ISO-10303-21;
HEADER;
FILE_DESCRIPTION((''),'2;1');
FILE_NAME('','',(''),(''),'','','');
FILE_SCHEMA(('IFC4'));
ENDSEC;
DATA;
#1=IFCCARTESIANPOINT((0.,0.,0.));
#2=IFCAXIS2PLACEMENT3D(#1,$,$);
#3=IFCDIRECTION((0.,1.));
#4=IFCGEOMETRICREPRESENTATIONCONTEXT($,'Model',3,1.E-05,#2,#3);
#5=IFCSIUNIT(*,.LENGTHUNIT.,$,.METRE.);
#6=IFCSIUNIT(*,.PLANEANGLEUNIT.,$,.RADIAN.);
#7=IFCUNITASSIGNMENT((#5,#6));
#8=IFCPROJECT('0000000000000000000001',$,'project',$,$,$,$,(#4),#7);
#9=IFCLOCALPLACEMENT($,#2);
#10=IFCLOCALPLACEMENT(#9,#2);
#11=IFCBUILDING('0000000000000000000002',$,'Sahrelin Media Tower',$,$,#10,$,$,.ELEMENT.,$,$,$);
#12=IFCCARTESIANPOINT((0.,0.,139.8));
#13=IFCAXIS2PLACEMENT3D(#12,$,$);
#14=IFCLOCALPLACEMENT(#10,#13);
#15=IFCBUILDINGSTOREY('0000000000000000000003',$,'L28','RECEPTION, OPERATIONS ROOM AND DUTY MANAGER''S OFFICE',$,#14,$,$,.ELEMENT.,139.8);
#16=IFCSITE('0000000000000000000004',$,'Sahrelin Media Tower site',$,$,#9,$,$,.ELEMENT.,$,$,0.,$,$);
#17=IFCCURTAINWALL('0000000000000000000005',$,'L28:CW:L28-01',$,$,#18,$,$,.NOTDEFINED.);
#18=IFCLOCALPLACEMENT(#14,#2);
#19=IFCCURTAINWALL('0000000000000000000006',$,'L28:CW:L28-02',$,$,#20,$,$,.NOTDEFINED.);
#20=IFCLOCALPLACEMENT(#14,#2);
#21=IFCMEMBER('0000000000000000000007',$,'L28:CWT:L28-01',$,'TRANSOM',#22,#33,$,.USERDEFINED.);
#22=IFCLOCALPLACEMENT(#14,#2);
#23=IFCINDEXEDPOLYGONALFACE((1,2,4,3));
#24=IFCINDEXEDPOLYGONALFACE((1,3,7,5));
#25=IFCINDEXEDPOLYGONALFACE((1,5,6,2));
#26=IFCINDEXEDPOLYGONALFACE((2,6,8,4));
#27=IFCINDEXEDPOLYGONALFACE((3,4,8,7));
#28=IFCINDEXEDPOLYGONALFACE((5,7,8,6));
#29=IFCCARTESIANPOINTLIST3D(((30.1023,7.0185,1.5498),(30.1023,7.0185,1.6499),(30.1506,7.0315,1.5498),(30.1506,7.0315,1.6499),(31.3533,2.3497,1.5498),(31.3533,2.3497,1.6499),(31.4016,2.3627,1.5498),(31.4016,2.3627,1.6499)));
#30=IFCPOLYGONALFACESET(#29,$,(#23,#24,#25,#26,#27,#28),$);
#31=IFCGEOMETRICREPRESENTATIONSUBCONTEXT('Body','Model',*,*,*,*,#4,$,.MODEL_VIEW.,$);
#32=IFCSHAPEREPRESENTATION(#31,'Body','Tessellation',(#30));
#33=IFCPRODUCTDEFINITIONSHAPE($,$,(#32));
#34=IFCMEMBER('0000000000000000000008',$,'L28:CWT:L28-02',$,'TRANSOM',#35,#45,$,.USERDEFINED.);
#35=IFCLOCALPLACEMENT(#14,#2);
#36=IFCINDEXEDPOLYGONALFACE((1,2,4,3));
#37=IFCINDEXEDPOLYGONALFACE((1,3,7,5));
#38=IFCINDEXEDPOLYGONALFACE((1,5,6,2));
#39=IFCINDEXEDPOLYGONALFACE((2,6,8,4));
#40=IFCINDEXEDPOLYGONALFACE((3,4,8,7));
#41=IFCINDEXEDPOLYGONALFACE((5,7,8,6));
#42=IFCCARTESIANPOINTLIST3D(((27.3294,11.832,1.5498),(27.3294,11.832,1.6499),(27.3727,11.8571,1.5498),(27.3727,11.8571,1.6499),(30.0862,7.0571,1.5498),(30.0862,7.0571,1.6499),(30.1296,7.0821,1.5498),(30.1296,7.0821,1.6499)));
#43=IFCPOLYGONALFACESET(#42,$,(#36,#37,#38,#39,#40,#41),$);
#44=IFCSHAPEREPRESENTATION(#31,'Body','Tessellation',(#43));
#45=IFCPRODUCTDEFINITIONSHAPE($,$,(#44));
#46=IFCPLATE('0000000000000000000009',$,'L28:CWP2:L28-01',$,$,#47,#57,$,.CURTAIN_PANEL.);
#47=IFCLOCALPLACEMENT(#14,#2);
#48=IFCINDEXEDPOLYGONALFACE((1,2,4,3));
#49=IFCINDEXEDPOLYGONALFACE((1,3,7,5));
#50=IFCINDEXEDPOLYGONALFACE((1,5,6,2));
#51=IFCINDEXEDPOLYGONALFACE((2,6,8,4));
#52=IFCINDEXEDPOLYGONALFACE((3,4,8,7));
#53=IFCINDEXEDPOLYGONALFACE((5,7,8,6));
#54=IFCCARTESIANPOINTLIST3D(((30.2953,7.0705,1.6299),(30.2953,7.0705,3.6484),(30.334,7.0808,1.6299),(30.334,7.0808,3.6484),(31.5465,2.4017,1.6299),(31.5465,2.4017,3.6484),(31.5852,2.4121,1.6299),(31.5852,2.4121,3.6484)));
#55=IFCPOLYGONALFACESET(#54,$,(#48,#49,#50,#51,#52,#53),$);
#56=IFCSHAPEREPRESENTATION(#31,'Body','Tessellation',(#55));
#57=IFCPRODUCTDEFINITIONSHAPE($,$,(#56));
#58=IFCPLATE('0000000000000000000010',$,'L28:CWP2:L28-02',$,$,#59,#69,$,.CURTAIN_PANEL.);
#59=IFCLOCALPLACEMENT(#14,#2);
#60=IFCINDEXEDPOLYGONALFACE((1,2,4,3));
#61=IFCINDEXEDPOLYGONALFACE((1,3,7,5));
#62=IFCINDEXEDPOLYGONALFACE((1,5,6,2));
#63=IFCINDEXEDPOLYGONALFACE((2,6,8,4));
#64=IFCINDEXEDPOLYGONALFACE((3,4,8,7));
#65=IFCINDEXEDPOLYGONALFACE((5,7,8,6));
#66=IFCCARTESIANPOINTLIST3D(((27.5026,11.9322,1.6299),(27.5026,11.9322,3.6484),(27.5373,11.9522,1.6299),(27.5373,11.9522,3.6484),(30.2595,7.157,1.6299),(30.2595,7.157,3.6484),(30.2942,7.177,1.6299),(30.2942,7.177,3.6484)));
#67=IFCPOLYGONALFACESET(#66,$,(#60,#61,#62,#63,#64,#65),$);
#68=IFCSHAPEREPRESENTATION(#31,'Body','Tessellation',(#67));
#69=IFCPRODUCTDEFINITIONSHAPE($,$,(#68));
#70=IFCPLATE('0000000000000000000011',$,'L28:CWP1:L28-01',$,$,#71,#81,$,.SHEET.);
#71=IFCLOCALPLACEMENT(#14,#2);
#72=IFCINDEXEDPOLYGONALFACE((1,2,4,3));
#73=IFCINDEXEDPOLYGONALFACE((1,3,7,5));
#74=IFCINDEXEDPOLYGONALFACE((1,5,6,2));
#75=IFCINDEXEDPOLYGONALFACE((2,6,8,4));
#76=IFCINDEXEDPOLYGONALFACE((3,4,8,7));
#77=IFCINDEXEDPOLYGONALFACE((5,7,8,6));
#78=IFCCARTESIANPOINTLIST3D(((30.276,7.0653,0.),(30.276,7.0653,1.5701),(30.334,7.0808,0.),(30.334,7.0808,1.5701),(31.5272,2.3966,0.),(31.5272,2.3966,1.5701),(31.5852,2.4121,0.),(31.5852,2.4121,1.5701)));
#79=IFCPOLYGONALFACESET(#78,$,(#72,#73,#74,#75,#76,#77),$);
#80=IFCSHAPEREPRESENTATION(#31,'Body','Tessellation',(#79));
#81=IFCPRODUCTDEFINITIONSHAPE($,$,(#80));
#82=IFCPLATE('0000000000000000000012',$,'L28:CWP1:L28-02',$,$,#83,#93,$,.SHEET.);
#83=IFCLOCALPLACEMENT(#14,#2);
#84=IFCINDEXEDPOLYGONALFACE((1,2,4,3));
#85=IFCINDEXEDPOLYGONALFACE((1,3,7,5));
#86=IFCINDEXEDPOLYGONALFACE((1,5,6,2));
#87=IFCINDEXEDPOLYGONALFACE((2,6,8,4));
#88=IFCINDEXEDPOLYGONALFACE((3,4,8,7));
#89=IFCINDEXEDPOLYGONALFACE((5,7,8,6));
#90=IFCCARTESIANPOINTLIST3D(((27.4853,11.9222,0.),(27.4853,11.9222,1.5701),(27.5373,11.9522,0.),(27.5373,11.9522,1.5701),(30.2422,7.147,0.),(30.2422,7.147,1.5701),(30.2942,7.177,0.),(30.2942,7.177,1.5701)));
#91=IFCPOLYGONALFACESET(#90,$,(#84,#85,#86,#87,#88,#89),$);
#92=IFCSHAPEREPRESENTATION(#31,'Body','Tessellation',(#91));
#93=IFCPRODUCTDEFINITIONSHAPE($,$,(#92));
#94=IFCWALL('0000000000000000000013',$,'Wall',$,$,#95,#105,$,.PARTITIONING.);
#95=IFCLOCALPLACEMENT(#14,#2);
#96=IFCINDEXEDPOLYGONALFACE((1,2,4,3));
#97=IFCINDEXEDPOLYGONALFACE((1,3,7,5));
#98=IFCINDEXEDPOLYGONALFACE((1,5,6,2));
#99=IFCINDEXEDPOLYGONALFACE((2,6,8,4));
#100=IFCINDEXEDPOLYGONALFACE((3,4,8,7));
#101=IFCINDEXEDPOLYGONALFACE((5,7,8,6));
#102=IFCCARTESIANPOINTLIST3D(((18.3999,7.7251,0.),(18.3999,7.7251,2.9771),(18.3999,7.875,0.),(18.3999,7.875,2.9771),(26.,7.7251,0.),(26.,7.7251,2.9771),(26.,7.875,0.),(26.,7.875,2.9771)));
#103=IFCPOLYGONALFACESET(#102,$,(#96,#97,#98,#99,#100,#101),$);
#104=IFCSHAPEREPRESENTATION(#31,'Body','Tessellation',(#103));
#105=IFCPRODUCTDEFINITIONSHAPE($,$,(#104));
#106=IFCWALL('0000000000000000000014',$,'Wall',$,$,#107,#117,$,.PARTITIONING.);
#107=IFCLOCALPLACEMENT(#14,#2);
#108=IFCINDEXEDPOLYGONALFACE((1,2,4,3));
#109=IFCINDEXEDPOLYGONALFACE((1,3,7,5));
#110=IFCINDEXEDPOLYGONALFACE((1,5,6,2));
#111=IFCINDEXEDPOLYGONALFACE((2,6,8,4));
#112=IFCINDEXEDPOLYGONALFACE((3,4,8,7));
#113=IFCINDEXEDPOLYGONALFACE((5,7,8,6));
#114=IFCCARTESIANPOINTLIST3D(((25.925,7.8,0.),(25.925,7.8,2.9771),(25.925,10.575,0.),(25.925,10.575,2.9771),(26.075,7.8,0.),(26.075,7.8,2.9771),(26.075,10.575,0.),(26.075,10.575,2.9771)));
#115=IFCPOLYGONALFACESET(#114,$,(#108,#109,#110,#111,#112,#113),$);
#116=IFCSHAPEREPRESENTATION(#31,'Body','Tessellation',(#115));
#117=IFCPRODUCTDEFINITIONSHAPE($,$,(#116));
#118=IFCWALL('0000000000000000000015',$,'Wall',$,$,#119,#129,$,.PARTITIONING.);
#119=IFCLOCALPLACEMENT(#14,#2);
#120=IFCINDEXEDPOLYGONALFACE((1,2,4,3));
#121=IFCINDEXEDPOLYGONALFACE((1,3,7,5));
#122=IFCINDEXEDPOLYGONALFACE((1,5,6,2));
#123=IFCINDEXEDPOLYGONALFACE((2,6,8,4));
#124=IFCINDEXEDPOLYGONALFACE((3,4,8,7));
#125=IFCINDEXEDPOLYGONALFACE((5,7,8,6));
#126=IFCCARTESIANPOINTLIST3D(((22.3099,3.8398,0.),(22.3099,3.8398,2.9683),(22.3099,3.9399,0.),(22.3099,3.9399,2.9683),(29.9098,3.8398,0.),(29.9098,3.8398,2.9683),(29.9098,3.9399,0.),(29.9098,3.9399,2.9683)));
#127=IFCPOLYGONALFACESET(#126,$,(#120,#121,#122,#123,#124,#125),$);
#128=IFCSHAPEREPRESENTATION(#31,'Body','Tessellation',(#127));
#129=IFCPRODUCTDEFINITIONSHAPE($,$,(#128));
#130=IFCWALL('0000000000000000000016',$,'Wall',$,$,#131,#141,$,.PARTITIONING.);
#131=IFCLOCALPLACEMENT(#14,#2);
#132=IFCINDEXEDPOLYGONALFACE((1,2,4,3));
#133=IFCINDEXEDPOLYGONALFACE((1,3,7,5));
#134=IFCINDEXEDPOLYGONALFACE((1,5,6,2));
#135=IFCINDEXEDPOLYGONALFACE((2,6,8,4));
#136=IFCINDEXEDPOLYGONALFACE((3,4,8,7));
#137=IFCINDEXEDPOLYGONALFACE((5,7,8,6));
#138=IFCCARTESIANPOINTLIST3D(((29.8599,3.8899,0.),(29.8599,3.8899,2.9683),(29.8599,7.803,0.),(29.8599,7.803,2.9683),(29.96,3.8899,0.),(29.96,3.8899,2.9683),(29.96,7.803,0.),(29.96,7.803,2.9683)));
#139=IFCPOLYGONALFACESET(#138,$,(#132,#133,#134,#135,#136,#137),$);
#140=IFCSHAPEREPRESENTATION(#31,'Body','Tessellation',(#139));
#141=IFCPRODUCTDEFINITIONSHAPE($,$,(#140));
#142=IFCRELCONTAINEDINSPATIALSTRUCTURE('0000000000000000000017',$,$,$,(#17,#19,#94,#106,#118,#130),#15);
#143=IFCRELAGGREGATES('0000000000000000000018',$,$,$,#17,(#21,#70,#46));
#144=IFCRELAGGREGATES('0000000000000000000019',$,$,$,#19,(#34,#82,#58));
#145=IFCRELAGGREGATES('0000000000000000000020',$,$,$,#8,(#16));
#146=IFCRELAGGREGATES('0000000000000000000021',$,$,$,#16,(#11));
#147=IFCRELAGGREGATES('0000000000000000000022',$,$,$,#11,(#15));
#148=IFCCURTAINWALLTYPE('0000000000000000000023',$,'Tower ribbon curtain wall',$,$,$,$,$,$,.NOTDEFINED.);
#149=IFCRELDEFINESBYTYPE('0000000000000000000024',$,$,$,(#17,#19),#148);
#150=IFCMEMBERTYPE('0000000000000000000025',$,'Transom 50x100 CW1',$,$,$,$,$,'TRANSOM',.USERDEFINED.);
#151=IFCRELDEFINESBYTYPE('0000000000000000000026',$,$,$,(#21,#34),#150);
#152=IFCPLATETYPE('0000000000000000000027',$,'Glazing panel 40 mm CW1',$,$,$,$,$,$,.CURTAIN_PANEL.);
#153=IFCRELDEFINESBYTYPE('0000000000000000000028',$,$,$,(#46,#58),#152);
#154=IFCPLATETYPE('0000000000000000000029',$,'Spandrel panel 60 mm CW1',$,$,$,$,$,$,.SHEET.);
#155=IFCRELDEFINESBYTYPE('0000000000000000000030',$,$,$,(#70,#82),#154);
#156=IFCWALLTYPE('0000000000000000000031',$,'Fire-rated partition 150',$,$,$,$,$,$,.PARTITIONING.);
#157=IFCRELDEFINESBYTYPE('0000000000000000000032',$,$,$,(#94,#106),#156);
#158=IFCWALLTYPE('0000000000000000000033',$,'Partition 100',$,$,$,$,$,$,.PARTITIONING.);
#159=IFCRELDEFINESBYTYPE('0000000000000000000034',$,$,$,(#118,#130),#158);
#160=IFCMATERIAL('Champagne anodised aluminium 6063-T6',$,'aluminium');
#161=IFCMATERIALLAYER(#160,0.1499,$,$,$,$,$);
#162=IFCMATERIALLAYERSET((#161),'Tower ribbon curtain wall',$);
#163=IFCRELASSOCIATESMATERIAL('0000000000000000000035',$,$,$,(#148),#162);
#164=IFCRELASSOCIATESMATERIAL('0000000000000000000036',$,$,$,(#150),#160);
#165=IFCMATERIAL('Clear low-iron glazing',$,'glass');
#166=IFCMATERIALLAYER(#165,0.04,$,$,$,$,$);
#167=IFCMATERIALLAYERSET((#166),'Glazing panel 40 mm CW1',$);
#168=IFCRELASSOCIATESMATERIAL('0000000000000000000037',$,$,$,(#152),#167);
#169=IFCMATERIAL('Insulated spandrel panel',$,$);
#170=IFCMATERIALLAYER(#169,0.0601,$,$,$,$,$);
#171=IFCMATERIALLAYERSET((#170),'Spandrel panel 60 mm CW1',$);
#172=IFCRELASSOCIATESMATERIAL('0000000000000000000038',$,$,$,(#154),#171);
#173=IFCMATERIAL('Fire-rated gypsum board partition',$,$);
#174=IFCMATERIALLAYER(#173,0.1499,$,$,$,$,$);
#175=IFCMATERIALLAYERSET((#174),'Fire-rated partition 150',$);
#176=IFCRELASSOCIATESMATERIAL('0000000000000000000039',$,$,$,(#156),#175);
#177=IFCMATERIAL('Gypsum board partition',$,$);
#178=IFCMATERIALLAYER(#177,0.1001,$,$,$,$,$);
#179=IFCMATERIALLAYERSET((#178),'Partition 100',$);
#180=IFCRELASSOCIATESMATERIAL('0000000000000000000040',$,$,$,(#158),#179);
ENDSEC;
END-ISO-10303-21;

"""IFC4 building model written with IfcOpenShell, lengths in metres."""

from ifc_helpers import new_model, si_unit, direction, frame, frame_2d, origin, origin_2d, place, context, subcontext, project, spatial, polyline, rectangle, outline, extrude, material, layer, layer_set, material_profile, profile_set, type_object, element, aggregate, save


model = new_model("IFC4")

# Units and contexts
model_context = context("Model", 3, precision=1e-05, world=origin(), true_north=direction((0.0, 1.0)))
body_context = subcontext(model_context, "Body", "Model", "MODEL_VIEW")
ifc_project = project(units=[si_unit("LENGTHUNIT", "METRE"), si_unit("PLANEANGLEUNIT", "RADIAN")], contexts=[model_context])

# Site, building, storey
site_placement = place(None, origin())
site = spatial("IfcSite", under=ifc_project, at=site_placement, Name="Sahrelin Media Tower site", CompositionType="ELEMENT", RefElevation=0.0)
building_placement = place(site_placement, origin())
building = spatial("IfcBuilding", under=site, at=building_placement, Name="Sahrelin Media Tower", CompositionType="ELEMENT")
storey_placement = place(building_placement, frame((0.0, 0.0, 139.8)))
storey = spatial("IfcBuildingStorey", under=building, at=storey_placement, Name="L28", Description="RECEPTION, OPERATIONS ROOM AND DUTY MANAGER'S OFFICE", CompositionType="ELEMENT", Elevation=139.8)

# Curtain walls
ifc_material_1 = material(Name="Champagne anodised aluminium 6063-T6", Category="aluminium")
ifc_layer_1 = layer(ifc_material_1, 0.1499)
ifc_layer_set_1 = layer_set([ifc_layer_1], Name="Tower ribbon curtain wall")
curtain_wall_type = type_object("IfcCurtainWallType", Name="Tower ribbon curtain wall", PredefinedType="NOTDEFINED", material=ifc_layer_set_1)
curtain_wall_1_placement = place(storey_placement, frame((30.9402, 4.7412, 0.0), z_axis=(0.0, 0.0, 1.0), x_axis=(1.0, 0.0, 0.0)))
curtain_wall_1 = element("IfcCurtainWall", 1, at=curtain_wall_1_placement, inside=storey, type_object=curtain_wall_type, Name="L28:CW:L28-01", PredefinedType="NOTDEFINED")
curtain_wall_2_placement = place(storey_placement, frame((28.8984, 9.5547, 0.0), z_axis=(0.0, 0.0, 1.0), x_axis=(1.0, 0.0, 0.0)))
curtain_wall_2 = element("IfcCurtainWall", 2, at=curtain_wall_2_placement, inside=storey, type_object=curtain_wall_type, Name="L28:CW:L28-02", PredefinedType="NOTDEFINED")

# Members
ifc_material_profile_1 = material_profile(ifc_material_1, rectangle(XDim=0.05, YDim=0.1001, at=origin_2d()), Name="Transom 50x100")
ifc_profile_set_1 = profile_set([ifc_material_profile_1], Name="Champagne anodised aluminium 6063-T6")
member_type_1 = type_object("IfcMemberType", Name="Transom 50x100 CW1", ElementType="TRANSOM", PredefinedType="USERDEFINED", material=ifc_profile_set_1)
member_1_placement = place(storey_placement, frame((31.3774, 2.3562, 1.5999), z_axis=(-0.258819, 0.965926, 0.0), x_axis=(-0.965926, -0.258819, 0.0)))
member_1 = element("IfcMember", 3, at=member_1_placement, type_object=member_type_1, Name="L28:CWT:L28-01", ObjectType="TRANSOM", PredefinedType="USERDEFINED", context=body_context, shape_type="SweptSolid", body=[
    extrude(rectangle(XDim=0.05, YDim=0.1001, at=origin_2d()), origin(), (0.0, 0.0, 1.0), 4.8335),
])
member_2_placement = place(storey_placement, frame((30.1079, 7.0696, 1.5999), z_axis=(-0.500006, 0.866022, 0.0), x_axis=(-0.866022, -0.500006, 0.0)))
member_2 = element("IfcMember", 4, at=member_2_placement, type_object=member_type_1, Name="L28:CWT:L28-02", ObjectType="TRANSOM", PredefinedType="USERDEFINED", context=body_context, shape_type="SweptSolid", body=[
    extrude(rectangle(XDim=0.05, YDim=0.1001, at=origin_2d()), origin(), (0.0, 0.0, 1.0), 5.5137),
])

# Plates
ifc_material_2 = material(Name="Clear low-iron glazing", Category="glass")
ifc_layer_2 = layer(ifc_material_2, 0.04)
ifc_layer_set_2 = layer_set([ifc_layer_2], Name="Glazing panel 40 mm CW1")
plate_type_1 = type_object("IfcPlateType", Name="Glazing panel 40 mm CW1", PredefinedType="CURTAIN_PANEL", material=ifc_layer_set_2)
plate_1_placement = place(storey_placement, frame((31.5852, 2.4121, 1.6299), z_axis=(0.965913, 0.258867, 0.0), x_axis=(-0.258867, 0.965913, 0.0)))
plate_1 = element("IfcPlate", 5, at=plate_1_placement, type_object=plate_type_1, Name="L28:CWP2:L28-01", PredefinedType="CURTAIN_PANEL", context=body_context, shape_type="SweptSolid", body=[
    extrude(outline(polyline([(0.0, 0.0), (4.8335, 0.0), (4.8335, 2.0186), (0.0, 2.0186), (0.0, 0.0)])), origin(), (0.0, 0.0, -1.0), 0.04),
])
plate_2_placement = place(storey_placement, frame((30.2942, 7.177, 1.6299), z_axis=(0.866033, 0.499987, 0.0), x_axis=(-0.499987, 0.866033, 0.0)))
plate_2 = element("IfcPlate", 6, at=plate_2_placement, type_object=plate_type_1, Name="L28:CWP2:L28-02", PredefinedType="CURTAIN_PANEL", context=body_context, shape_type="SweptSolid", body=[
    extrude(outline(polyline([(0.0, 0.0), (5.5139, 0.0), (5.5139, 2.0186), (0.0, 2.0186), (0.0, 0.0)])), origin(), (0.0, 0.0, -1.0), 0.04),
])
ifc_material_3 = material(Name="Insulated spandrel panel")
ifc_layer_3 = layer(ifc_material_3, 0.0601)
ifc_layer_set_3 = layer_set([ifc_layer_3], Name="Spandrel panel 60 mm CW1")
plate_type_2 = type_object("IfcPlateType", Name="Spandrel panel 60 mm CW1", PredefinedType="SHEET", material=ifc_layer_set_3)
plate_3_placement = place(storey_placement, frame((31.5852, 2.4121, 0.0), z_axis=(0.965913, 0.258867, 0.0), x_axis=(-0.258867, 0.965913, 0.0)))
plate_3 = element("IfcPlate", 7, at=plate_3_placement, type_object=plate_type_2, Name="L28:CWP1:L28-01", PredefinedType="SHEET", context=body_context, shape_type="SweptSolid", body=[
    extrude(outline(polyline([(0.0, 0.0), (4.8335, 0.0), (4.8335, 1.5701), (0.0, 1.5701), (0.0, 0.0)])), origin(), (0.0, 0.0, -1.0), 0.0601),
])
aggregate(curtain_wall_1, [member_1, plate_3, plate_1])
plate_4_placement = place(storey_placement, frame((30.2942, 7.177, 0.0), z_axis=(0.866033, 0.499987, 0.0), x_axis=(-0.499987, 0.866033, 0.0)))
plate_4 = element("IfcPlate", 8, at=plate_4_placement, type_object=plate_type_2, Name="L28:CWP1:L28-02", PredefinedType="SHEET", context=body_context, shape_type="SweptSolid", body=[
    extrude(outline(polyline([(0.0, 0.0), (5.5139, 0.0), (5.5139, 1.5701), (0.0, 1.5701), (0.0, 0.0)])), origin(), (0.0, 0.0, -1.0), 0.0601),
])
aggregate(curtain_wall_2, [member_2, plate_4, plate_2])

# Walls
ifc_material_4 = material(Name="Fire-rated gypsum board partition")
ifc_layer_4 = layer(ifc_material_4, 0.1499)
ifc_layer_set_4 = layer_set([ifc_layer_4], Name="Fire-rated partition 150")
wall_type_1 = type_object("IfcWallType", Name="Fire-rated partition 150", PredefinedType="PARTITIONING", material=ifc_layer_set_4)
wall_1_placement = place(storey_placement, frame((18.3999, 7.8, 0.0), z_axis=(0.0, 0.0, 1.0), x_axis=(1.0, 0.0, 0.0)))
element("IfcWall", 9, at=wall_1_placement, inside=storey, type_object=wall_type_1, Name="Wall", PredefinedType="PARTITIONING", context=body_context, shape_type="SweptSolid", body=[
    extrude(rectangle(XDim=7.6001, YDim=0.1499, at=frame_2d((3.8, 0.0))), origin(), (0.0, 0.0, 1.0), 2.9771),
])
wall_2_placement = place(storey_placement, frame((26.0, 7.8, 0.0), z_axis=(0.0, 0.0, 1.0), x_axis=(0.0, 1.0, 0.0)))
element("IfcWall", 10, at=wall_2_placement, inside=storey, type_object=wall_type_1, Name="Wall", PredefinedType="PARTITIONING", context=body_context, shape_type="SweptSolid", body=[
    extrude(rectangle(XDim=2.7749, YDim=0.1499, at=frame_2d((1.3875, 0.0))), origin(), (0.0, 0.0, 1.0), 2.9771),
])
ifc_material_5 = material(Name="Gypsum board partition")
ifc_layer_5 = layer(ifc_material_5, 0.1001)
ifc_layer_set_5 = layer_set([ifc_layer_5], Name="Partition 100")
wall_type_2 = type_object("IfcWallType", Name="Partition 100", PredefinedType="PARTITIONING", material=ifc_layer_set_5)
wall_3_placement = place(storey_placement, frame((22.3101, 3.8899, 0.0), z_axis=(0.0, 0.0, 1.0), x_axis=(1.0, 0.0, 0.0)))
element("IfcWall", 11, at=wall_3_placement, inside=storey, type_object=wall_type_2, Name="Wall", PredefinedType="PARTITIONING", context=body_context, shape_type="SweptSolid", body=[
    extrude(rectangle(XDim=7.5999, YDim=0.1001, at=frame_2d((3.7998, 0.0))), origin(), (0.0, 0.0, 1.0), 2.9683),
])
wall_4_placement = place(storey_placement, frame((29.9099, 3.8899, 0.0), z_axis=(0.0, 0.0, 1.0), x_axis=(0.0, 1.0, 0.0)))
element("IfcWall", 12, at=wall_4_placement, inside=storey, type_object=wall_type_2, Name="Wall", PredefinedType="PARTITIONING", context=body_context, shape_type="SweptSolid", body=[
    extrude(rectangle(XDim=3.9131, YDim=0.1001, at=frame_2d((1.9565, 0.0))), origin(), (0.0, 0.0, 1.0), 2.9683),
])

save(model, "model.ifc")
